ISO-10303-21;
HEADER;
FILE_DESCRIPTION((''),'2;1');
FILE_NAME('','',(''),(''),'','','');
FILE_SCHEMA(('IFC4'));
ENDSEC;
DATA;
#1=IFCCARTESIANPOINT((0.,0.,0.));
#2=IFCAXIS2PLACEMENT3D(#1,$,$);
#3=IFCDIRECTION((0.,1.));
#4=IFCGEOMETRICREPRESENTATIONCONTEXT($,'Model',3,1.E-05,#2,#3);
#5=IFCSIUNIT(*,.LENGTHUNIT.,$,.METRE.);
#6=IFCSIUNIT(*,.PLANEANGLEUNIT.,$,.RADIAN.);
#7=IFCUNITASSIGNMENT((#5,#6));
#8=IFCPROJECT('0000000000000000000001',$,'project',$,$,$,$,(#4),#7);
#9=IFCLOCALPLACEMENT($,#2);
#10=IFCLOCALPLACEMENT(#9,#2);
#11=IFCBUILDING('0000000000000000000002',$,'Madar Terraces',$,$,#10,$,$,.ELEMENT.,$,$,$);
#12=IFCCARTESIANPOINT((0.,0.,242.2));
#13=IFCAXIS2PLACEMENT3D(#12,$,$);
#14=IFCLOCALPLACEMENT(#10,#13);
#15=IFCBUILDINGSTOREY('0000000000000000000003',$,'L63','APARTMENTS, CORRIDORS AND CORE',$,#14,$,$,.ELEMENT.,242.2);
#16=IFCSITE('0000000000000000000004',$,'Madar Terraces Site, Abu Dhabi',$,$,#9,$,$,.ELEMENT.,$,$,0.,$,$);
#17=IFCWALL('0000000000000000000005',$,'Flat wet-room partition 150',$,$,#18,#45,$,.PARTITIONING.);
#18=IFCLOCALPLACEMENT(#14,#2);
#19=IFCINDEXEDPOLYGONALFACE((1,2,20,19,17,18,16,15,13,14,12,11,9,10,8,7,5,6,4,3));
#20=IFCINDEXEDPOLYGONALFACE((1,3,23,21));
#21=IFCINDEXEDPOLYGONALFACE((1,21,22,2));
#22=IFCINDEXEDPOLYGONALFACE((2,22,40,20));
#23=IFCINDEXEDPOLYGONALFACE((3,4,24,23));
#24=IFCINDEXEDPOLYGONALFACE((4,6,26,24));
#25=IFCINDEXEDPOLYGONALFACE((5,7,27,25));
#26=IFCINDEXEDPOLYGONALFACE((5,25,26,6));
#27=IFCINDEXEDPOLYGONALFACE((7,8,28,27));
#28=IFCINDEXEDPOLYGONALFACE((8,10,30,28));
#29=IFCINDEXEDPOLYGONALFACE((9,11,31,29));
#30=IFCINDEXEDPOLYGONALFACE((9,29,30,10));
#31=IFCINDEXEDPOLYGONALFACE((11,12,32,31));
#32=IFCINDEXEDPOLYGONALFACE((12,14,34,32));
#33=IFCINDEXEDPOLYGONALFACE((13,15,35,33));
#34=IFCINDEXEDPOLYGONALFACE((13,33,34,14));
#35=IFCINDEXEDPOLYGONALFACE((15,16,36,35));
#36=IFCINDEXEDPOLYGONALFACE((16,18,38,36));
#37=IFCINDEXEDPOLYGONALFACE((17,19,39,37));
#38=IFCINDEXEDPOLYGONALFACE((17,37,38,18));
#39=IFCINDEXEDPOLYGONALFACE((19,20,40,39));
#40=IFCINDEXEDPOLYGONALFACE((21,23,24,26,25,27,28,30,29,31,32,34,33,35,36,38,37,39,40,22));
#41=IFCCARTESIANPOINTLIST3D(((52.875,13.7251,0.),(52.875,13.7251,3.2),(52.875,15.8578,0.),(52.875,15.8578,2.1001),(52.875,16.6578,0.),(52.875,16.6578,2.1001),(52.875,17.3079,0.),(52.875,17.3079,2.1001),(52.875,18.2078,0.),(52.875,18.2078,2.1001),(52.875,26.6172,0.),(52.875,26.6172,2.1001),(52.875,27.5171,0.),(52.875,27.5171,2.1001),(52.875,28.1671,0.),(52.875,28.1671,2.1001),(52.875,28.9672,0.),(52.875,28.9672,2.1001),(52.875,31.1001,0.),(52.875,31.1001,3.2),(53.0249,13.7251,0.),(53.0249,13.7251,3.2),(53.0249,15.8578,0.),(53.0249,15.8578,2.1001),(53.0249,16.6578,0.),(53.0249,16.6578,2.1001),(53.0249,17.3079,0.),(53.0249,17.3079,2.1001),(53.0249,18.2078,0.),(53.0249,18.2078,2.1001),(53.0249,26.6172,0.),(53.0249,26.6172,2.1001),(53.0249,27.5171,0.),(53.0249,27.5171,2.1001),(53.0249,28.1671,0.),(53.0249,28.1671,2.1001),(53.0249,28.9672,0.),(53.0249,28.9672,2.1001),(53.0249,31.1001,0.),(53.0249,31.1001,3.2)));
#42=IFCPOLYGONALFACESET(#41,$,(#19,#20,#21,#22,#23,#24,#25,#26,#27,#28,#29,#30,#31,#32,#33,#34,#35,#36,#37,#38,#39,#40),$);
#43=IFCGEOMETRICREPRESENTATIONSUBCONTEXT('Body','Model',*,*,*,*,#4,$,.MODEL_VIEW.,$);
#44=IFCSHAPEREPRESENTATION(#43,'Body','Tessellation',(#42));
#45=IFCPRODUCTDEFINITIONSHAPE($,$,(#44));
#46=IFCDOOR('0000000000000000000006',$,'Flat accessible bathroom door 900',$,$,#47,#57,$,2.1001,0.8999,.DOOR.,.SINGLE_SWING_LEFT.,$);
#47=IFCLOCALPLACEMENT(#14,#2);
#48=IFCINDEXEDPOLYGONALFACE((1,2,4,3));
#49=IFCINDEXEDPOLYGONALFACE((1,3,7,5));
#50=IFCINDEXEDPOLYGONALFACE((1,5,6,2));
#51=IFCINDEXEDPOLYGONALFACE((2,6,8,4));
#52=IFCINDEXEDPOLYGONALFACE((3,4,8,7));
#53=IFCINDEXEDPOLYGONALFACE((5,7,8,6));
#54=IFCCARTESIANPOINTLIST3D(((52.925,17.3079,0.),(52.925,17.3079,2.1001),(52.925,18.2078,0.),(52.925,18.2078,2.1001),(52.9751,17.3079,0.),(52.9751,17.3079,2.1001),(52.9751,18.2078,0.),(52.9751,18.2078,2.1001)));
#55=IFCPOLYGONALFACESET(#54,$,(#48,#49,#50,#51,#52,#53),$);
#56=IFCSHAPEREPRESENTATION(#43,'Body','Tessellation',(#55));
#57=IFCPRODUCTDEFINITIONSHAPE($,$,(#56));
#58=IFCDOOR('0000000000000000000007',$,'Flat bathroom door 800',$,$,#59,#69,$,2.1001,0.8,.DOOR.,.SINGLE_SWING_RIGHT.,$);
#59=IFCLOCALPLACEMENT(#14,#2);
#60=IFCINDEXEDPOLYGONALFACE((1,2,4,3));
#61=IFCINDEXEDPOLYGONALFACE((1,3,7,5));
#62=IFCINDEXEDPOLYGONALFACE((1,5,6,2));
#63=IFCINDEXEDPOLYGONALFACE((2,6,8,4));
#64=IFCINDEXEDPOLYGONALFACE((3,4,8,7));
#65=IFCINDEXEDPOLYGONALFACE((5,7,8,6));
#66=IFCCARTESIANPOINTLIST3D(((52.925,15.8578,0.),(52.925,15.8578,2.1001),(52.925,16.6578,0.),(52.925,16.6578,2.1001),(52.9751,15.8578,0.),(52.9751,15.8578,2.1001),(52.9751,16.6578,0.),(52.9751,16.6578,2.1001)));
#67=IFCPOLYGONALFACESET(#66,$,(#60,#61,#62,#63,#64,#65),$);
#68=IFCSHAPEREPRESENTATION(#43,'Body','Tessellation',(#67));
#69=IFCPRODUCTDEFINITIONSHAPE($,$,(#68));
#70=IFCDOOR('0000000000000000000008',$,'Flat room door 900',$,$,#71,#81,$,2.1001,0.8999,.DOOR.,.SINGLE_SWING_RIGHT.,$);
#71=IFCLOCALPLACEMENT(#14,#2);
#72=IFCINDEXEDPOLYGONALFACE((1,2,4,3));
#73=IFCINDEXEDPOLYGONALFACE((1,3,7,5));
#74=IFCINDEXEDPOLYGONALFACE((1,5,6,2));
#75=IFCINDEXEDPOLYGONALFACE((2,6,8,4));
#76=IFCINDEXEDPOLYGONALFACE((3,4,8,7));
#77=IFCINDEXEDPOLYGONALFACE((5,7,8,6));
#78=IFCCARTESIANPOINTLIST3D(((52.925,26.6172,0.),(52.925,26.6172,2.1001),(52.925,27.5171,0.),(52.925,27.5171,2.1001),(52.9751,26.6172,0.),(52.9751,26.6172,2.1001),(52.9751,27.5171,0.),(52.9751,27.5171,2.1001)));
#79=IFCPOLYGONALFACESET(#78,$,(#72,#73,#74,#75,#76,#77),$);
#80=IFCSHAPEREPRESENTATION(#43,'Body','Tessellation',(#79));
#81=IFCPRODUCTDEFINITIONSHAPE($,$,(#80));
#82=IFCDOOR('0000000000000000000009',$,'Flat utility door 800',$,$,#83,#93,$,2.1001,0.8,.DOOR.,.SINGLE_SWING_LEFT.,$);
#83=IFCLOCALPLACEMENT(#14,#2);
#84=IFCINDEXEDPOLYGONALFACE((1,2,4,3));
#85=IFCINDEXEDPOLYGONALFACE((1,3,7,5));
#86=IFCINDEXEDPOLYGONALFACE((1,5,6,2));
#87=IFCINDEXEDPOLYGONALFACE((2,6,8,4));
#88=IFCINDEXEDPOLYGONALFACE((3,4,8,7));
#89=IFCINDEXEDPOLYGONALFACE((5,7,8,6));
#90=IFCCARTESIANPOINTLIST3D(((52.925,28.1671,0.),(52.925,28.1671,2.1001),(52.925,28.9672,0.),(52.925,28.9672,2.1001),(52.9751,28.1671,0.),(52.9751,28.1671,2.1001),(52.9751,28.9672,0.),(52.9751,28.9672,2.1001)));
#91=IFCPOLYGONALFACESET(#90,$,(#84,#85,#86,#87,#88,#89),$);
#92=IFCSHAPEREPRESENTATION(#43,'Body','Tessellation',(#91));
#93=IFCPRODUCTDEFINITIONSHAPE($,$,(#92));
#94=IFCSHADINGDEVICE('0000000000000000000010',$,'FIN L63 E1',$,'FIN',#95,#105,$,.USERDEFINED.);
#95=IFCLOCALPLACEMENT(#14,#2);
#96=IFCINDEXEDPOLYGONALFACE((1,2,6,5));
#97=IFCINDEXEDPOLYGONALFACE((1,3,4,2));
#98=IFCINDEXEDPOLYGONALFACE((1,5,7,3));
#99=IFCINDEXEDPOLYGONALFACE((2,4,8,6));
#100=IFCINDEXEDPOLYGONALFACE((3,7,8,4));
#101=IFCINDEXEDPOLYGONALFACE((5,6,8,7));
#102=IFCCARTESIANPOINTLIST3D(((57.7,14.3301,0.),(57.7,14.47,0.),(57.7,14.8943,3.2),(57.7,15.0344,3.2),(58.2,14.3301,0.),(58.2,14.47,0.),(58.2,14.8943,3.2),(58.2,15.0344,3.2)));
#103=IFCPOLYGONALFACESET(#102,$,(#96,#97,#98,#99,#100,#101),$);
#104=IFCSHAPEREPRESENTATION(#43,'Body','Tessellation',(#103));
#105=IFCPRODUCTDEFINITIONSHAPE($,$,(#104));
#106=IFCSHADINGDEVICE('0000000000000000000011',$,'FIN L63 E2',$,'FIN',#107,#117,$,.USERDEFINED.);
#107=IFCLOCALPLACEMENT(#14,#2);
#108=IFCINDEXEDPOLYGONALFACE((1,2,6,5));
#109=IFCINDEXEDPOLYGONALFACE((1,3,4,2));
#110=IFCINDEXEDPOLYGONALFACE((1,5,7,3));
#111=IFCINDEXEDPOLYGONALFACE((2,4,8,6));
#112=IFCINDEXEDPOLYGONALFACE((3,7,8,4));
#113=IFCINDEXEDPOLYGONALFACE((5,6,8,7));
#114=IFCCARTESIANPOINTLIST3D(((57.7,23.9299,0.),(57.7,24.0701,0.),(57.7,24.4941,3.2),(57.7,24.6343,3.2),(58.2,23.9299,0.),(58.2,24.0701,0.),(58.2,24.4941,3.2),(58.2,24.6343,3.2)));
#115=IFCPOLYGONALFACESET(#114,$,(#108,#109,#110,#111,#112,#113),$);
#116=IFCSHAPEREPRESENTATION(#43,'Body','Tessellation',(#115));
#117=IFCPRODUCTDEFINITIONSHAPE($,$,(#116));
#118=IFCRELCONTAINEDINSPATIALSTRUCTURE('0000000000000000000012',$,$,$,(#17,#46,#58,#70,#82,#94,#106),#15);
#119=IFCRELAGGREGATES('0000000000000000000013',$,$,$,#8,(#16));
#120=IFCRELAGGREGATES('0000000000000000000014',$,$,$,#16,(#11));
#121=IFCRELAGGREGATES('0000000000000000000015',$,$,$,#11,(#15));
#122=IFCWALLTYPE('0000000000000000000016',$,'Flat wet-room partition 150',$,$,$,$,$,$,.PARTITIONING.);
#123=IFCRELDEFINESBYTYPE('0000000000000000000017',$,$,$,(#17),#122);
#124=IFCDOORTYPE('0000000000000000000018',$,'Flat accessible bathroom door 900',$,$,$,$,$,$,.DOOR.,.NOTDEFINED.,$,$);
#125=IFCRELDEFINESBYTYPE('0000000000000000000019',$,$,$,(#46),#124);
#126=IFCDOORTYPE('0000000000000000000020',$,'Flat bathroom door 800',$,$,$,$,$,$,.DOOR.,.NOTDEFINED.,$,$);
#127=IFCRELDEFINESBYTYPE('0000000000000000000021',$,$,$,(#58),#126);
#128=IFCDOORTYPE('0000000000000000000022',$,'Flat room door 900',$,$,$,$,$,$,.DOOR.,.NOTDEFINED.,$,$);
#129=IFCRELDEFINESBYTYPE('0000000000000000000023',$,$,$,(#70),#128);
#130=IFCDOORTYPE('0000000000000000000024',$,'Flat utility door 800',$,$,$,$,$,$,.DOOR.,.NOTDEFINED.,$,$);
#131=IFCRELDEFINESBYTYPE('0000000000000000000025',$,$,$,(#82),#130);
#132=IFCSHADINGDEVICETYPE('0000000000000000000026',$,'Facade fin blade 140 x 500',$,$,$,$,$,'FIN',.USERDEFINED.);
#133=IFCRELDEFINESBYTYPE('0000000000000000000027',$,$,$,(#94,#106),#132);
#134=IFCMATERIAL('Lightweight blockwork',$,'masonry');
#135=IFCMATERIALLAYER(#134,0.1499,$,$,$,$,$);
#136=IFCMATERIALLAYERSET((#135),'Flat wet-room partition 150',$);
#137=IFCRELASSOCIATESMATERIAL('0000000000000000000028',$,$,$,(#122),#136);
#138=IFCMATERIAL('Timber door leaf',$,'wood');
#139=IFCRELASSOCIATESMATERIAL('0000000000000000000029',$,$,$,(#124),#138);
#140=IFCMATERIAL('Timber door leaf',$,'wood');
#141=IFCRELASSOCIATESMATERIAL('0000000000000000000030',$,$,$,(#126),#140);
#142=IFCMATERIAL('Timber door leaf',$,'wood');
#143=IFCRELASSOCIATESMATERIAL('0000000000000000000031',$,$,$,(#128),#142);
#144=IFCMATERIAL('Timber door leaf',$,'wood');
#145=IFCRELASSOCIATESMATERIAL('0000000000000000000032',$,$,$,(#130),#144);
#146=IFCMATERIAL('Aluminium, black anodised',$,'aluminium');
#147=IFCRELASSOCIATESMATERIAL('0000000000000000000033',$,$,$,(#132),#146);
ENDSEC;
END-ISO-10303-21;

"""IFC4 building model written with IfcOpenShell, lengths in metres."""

from ifc_helpers import new_model, si_unit, direction, frame, frame_2d, origin, place, context, subcontext, project, spatial, polyline, rectangle, outline, extrude, material, layer, layer_set, type_object, element, fill, save


model = new_model("IFC4")

# Units and contexts
model_context = context("Model", 3, precision=1e-05, world=origin(), true_north=direction((0.0, 1.0)))
body_context = subcontext(model_context, "Body", "Model", "MODEL_VIEW")
ifc_project = project(units=[si_unit("LENGTHUNIT", "METRE"), si_unit("PLANEANGLEUNIT", "RADIAN")], contexts=[model_context])

# Site, building, storey
site_placement = place(None, origin())
site = spatial("IfcSite", under=ifc_project, at=site_placement, Name="Madar Terraces Site, Abu Dhabi", CompositionType="ELEMENT", RefElevation=0.0)
building_placement = place(site_placement, origin())
building = spatial("IfcBuilding", under=site, at=building_placement, Name="Madar Terraces", CompositionType="ELEMENT")
storey_placement = place(building_placement, frame((0.0, 0.0, 242.2)))
storey = spatial("IfcBuildingStorey", under=building, at=storey_placement, Name="L63", Description="APARTMENTS, CORRIDORS AND CORE", CompositionType="ELEMENT", Elevation=242.2)

# Shared definitions
ifc_material_1 = material(Name="Lightweight blockwork", Category="masonry")
ifc_layer_1 = layer(ifc_material_1, 0.1499)
ifc_layer_set_1 = layer_set([ifc_layer_1], Name="Flat wet-room partition 150")
wall_type_1 = type_object("IfcWallType", Name="Flat wet-room partition 150", PredefinedType="PARTITIONING", material=ifc_layer_set_1)

# Wall, openings, doors
wall_1_placement = place(storey_placement, frame((52.95, 13.7251, 0.0), z_axis=(0.0, 0.0, 1.0), x_axis=(0.0, 1.0, 0.0)))
wall_1 = element("IfcWall", 1, at=wall_1_placement, inside=storey, type_object=wall_type_1, Name="Flat wet-room partition 150", PredefinedType="PARTITIONING", context=body_context, shape_type="SweptSolid", body=[
    extrude(rectangle(XDim=17.375, YDim=0.1499, at=frame_2d((8.6875, 0.0))), origin(), (0.0, 0.0, 1.0), 3.2),
])
opening_1_placement = place(wall_1_placement, frame((2.1328, 0.0, 0.0)))
opening_1 = element("IfcOpeningElement", 2, at=opening_1_placement, cuts=wall_1, PredefinedType="OPENING", context=body_context, shape_type="SweptSolid", body=[
    extrude(rectangle(XDim=0.8, YDim=2.1001, at=frame_2d((0.3999, 1.05))), frame((0.0, 0.085, 0.0), z_axis=(0.0, -1.0, 0.0), x_axis=(1.0, 0.0, 0.0)), (0.0, 0.0, 1.0), 0.1699),
])
opening_2_placement = place(wall_1_placement, frame((3.5828, 0.0, 0.0)))
opening_2 = element("IfcOpeningElement", 3, at=opening_2_placement, cuts=wall_1, PredefinedType="OPENING", context=body_context, shape_type="SweptSolid", body=[
    extrude(rectangle(XDim=0.8999, YDim=2.1001, at=frame_2d((0.45, 1.05))), frame((0.0, 0.085, 0.0), z_axis=(0.0, -1.0, 0.0), x_axis=(1.0, 0.0, 0.0)), (0.0, 0.0, 1.0), 0.1699),
])
opening_3_placement = place(wall_1_placement, frame((12.8921, 0.0, 0.0)))
opening_3 = element("IfcOpeningElement", 4, at=opening_3_placement, cuts=wall_1, PredefinedType="OPENING", context=body_context, shape_type="SweptSolid", body=[
    extrude(rectangle(XDim=0.8999, YDim=2.1001, at=frame_2d((0.45, 1.05))), frame((0.0, 0.085, 0.0), z_axis=(0.0, -1.0, 0.0), x_axis=(1.0, 0.0, 0.0)), (0.0, 0.0, 1.0), 0.1699),
])
opening_4_placement = place(wall_1_placement, frame((14.4421, 0.0, 0.0)))
opening_4 = element("IfcOpeningElement", 5, at=opening_4_placement, cuts=wall_1, PredefinedType="OPENING", context=body_context, shape_type="SweptSolid", body=[
    extrude(rectangle(XDim=0.8, YDim=2.1001, at=frame_2d((0.3999, 1.05))), frame((0.0, 0.085, 0.0), z_axis=(0.0, -1.0, 0.0), x_axis=(1.0, 0.0, 0.0)), (0.0, 0.0, 1.0), 0.1699),
])
ifc_material_2 = material(Name="Timber door leaf", Category="wood")
door_type_1 = type_object("IfcDoorType", Name="Flat accessible bathroom door 900", OperationType="NOTDEFINED", PredefinedType="DOOR", material=ifc_material_2)
door_1_placement = place(opening_2_placement, origin())
door_1 = element("IfcDoor", 6, at=door_1_placement, inside=storey, type_object=door_type_1, Name="Flat accessible bathroom door 900", OperationType="SINGLE_SWING_LEFT", OverallHeight=2.1001, OverallWidth=0.8999, PredefinedType="DOOR", context=body_context, shape_type="SweptSolid", body=[
    extrude(rectangle(XDim=0.8999, YDim=2.1001, at=frame_2d((0.45, 1.05))), frame((0.0, 0.0249, 0.0), z_axis=(0.0, -1.0, 0.0), x_axis=(1.0, 0.0, 0.0)), (0.0, 0.0, 1.0), 0.05),
])
fill(opening_2, door_1)
ifc_material_3 = material(Name="Timber door leaf", Category="wood")
door_type_2 = type_object("IfcDoorType", Name="Flat bathroom door 800", OperationType="NOTDEFINED", PredefinedType="DOOR", material=ifc_material_3)
door_2_placement = place(opening_1_placement, origin())
door_2 = element("IfcDoor", 7, at=door_2_placement, inside=storey, type_object=door_type_2, Name="Flat bathroom door 800", OperationType="SINGLE_SWING_RIGHT", OverallHeight=2.1001, OverallWidth=0.8, PredefinedType="DOOR", context=body_context, shape_type="SweptSolid", body=[
    extrude(rectangle(XDim=0.8, YDim=2.1001, at=frame_2d((0.3999, 1.05))), frame((0.0, 0.0249, 0.0), z_axis=(0.0, -1.0, 0.0), x_axis=(1.0, 0.0, 0.0)), (0.0, 0.0, 1.0), 0.05),
])
fill(opening_1, door_2)
ifc_material_4 = material(Name="Timber door leaf", Category="wood")
door_type_3 = type_object("IfcDoorType", Name="Flat room door 900", OperationType="NOTDEFINED", PredefinedType="DOOR", material=ifc_material_4)
door_3_placement = place(opening_3_placement, origin())
door_3 = element("IfcDoor", 8, at=door_3_placement, inside=storey, type_object=door_type_3, Name="Flat room door 900", OperationType="SINGLE_SWING_RIGHT", OverallHeight=2.1001, OverallWidth=0.8999, PredefinedType="DOOR", context=body_context, shape_type="SweptSolid", body=[
    extrude(rectangle(XDim=0.8999, YDim=2.1001, at=frame_2d((0.45, 1.05))), frame((0.0, 0.0249, 0.0), z_axis=(0.0, -1.0, 0.0), x_axis=(1.0, 0.0, 0.0)), (0.0, 0.0, 1.0), 0.05),
])
fill(opening_3, door_3)
ifc_material_5 = material(Name="Timber door leaf", Category="wood")
door_type_4 = type_object("IfcDoorType", Name="Flat utility door 800", OperationType="NOTDEFINED", PredefinedType="DOOR", material=ifc_material_5)
door_4_placement = place(opening_4_placement, origin())
door_4 = element("IfcDoor", 9, at=door_4_placement, inside=storey, type_object=door_type_4, Name="Flat utility door 800", OperationType="SINGLE_SWING_LEFT", OverallHeight=2.1001, OverallWidth=0.8, PredefinedType="DOOR", context=body_context, shape_type="SweptSolid", body=[
    extrude(rectangle(XDim=0.8, YDim=2.1001, at=frame_2d((0.3999, 1.05))), frame((0.0, 0.0249, 0.0), z_axis=(0.0, -1.0, 0.0), x_axis=(1.0, 0.0, 0.0)), (0.0, 0.0, 1.0), 0.05),
])
fill(opening_4, door_4)

# Shading devices
ifc_material_6 = material(Name="Aluminium, black anodised", Category="aluminium")
shading_device_type = type_object("IfcShadingDeviceType", Name="Facade fin blade 140 x 500", ElementType="FIN", PredefinedType="USERDEFINED", material=ifc_material_6)
shading_device_1_placement = place(storey_placement, frame((57.95, 14.3301, 0.0), z_axis=(0.0, 0.0, 1.0), x_axis=(0.0, 1.0, 0.0)))
element("IfcShadingDevice", 10, at=shading_device_1_placement, inside=storey, type_object=shading_device_type, Name="FIN L63 E1", ObjectType="FIN", PredefinedType="USERDEFINED", context=body_context, shape_type="SweptSolid", body=[
    extrude(outline(polyline([(0.0, 0.0), (0.1399, 0.0), (0.7043, 3.2), (0.5642, 3.2), (0.0, 0.0)])), frame((0.0, 0.25, 0.0), z_axis=(0.0, -1.0, 0.0), x_axis=(1.0, 0.0, 0.0)), (0.0, 0.0, 1.0), 0.5),
])
shading_device_2_placement = place(storey_placement, frame((57.95, 23.9299, 0.0), z_axis=(0.0, 0.0, 1.0), x_axis=(0.0, 1.0, 0.0)))
element("IfcShadingDevice", 11, at=shading_device_2_placement, inside=storey, type_object=shading_device_type, Name="FIN L63 E2", ObjectType="FIN", PredefinedType="USERDEFINED", context=body_context, shape_type="SweptSolid", body=[
    extrude(outline(polyline([(0.0, 0.0), (0.1401, 0.0), (0.7043, 3.2), (0.5642, 3.2), (0.0, 0.0)])), frame((0.0, 0.25, 0.0), z_axis=(0.0, -1.0, 0.0), x_axis=(1.0, 0.0, 0.0)), (0.0, 0.0, 1.0), 0.5),
])

save(model, "model.ifc")
